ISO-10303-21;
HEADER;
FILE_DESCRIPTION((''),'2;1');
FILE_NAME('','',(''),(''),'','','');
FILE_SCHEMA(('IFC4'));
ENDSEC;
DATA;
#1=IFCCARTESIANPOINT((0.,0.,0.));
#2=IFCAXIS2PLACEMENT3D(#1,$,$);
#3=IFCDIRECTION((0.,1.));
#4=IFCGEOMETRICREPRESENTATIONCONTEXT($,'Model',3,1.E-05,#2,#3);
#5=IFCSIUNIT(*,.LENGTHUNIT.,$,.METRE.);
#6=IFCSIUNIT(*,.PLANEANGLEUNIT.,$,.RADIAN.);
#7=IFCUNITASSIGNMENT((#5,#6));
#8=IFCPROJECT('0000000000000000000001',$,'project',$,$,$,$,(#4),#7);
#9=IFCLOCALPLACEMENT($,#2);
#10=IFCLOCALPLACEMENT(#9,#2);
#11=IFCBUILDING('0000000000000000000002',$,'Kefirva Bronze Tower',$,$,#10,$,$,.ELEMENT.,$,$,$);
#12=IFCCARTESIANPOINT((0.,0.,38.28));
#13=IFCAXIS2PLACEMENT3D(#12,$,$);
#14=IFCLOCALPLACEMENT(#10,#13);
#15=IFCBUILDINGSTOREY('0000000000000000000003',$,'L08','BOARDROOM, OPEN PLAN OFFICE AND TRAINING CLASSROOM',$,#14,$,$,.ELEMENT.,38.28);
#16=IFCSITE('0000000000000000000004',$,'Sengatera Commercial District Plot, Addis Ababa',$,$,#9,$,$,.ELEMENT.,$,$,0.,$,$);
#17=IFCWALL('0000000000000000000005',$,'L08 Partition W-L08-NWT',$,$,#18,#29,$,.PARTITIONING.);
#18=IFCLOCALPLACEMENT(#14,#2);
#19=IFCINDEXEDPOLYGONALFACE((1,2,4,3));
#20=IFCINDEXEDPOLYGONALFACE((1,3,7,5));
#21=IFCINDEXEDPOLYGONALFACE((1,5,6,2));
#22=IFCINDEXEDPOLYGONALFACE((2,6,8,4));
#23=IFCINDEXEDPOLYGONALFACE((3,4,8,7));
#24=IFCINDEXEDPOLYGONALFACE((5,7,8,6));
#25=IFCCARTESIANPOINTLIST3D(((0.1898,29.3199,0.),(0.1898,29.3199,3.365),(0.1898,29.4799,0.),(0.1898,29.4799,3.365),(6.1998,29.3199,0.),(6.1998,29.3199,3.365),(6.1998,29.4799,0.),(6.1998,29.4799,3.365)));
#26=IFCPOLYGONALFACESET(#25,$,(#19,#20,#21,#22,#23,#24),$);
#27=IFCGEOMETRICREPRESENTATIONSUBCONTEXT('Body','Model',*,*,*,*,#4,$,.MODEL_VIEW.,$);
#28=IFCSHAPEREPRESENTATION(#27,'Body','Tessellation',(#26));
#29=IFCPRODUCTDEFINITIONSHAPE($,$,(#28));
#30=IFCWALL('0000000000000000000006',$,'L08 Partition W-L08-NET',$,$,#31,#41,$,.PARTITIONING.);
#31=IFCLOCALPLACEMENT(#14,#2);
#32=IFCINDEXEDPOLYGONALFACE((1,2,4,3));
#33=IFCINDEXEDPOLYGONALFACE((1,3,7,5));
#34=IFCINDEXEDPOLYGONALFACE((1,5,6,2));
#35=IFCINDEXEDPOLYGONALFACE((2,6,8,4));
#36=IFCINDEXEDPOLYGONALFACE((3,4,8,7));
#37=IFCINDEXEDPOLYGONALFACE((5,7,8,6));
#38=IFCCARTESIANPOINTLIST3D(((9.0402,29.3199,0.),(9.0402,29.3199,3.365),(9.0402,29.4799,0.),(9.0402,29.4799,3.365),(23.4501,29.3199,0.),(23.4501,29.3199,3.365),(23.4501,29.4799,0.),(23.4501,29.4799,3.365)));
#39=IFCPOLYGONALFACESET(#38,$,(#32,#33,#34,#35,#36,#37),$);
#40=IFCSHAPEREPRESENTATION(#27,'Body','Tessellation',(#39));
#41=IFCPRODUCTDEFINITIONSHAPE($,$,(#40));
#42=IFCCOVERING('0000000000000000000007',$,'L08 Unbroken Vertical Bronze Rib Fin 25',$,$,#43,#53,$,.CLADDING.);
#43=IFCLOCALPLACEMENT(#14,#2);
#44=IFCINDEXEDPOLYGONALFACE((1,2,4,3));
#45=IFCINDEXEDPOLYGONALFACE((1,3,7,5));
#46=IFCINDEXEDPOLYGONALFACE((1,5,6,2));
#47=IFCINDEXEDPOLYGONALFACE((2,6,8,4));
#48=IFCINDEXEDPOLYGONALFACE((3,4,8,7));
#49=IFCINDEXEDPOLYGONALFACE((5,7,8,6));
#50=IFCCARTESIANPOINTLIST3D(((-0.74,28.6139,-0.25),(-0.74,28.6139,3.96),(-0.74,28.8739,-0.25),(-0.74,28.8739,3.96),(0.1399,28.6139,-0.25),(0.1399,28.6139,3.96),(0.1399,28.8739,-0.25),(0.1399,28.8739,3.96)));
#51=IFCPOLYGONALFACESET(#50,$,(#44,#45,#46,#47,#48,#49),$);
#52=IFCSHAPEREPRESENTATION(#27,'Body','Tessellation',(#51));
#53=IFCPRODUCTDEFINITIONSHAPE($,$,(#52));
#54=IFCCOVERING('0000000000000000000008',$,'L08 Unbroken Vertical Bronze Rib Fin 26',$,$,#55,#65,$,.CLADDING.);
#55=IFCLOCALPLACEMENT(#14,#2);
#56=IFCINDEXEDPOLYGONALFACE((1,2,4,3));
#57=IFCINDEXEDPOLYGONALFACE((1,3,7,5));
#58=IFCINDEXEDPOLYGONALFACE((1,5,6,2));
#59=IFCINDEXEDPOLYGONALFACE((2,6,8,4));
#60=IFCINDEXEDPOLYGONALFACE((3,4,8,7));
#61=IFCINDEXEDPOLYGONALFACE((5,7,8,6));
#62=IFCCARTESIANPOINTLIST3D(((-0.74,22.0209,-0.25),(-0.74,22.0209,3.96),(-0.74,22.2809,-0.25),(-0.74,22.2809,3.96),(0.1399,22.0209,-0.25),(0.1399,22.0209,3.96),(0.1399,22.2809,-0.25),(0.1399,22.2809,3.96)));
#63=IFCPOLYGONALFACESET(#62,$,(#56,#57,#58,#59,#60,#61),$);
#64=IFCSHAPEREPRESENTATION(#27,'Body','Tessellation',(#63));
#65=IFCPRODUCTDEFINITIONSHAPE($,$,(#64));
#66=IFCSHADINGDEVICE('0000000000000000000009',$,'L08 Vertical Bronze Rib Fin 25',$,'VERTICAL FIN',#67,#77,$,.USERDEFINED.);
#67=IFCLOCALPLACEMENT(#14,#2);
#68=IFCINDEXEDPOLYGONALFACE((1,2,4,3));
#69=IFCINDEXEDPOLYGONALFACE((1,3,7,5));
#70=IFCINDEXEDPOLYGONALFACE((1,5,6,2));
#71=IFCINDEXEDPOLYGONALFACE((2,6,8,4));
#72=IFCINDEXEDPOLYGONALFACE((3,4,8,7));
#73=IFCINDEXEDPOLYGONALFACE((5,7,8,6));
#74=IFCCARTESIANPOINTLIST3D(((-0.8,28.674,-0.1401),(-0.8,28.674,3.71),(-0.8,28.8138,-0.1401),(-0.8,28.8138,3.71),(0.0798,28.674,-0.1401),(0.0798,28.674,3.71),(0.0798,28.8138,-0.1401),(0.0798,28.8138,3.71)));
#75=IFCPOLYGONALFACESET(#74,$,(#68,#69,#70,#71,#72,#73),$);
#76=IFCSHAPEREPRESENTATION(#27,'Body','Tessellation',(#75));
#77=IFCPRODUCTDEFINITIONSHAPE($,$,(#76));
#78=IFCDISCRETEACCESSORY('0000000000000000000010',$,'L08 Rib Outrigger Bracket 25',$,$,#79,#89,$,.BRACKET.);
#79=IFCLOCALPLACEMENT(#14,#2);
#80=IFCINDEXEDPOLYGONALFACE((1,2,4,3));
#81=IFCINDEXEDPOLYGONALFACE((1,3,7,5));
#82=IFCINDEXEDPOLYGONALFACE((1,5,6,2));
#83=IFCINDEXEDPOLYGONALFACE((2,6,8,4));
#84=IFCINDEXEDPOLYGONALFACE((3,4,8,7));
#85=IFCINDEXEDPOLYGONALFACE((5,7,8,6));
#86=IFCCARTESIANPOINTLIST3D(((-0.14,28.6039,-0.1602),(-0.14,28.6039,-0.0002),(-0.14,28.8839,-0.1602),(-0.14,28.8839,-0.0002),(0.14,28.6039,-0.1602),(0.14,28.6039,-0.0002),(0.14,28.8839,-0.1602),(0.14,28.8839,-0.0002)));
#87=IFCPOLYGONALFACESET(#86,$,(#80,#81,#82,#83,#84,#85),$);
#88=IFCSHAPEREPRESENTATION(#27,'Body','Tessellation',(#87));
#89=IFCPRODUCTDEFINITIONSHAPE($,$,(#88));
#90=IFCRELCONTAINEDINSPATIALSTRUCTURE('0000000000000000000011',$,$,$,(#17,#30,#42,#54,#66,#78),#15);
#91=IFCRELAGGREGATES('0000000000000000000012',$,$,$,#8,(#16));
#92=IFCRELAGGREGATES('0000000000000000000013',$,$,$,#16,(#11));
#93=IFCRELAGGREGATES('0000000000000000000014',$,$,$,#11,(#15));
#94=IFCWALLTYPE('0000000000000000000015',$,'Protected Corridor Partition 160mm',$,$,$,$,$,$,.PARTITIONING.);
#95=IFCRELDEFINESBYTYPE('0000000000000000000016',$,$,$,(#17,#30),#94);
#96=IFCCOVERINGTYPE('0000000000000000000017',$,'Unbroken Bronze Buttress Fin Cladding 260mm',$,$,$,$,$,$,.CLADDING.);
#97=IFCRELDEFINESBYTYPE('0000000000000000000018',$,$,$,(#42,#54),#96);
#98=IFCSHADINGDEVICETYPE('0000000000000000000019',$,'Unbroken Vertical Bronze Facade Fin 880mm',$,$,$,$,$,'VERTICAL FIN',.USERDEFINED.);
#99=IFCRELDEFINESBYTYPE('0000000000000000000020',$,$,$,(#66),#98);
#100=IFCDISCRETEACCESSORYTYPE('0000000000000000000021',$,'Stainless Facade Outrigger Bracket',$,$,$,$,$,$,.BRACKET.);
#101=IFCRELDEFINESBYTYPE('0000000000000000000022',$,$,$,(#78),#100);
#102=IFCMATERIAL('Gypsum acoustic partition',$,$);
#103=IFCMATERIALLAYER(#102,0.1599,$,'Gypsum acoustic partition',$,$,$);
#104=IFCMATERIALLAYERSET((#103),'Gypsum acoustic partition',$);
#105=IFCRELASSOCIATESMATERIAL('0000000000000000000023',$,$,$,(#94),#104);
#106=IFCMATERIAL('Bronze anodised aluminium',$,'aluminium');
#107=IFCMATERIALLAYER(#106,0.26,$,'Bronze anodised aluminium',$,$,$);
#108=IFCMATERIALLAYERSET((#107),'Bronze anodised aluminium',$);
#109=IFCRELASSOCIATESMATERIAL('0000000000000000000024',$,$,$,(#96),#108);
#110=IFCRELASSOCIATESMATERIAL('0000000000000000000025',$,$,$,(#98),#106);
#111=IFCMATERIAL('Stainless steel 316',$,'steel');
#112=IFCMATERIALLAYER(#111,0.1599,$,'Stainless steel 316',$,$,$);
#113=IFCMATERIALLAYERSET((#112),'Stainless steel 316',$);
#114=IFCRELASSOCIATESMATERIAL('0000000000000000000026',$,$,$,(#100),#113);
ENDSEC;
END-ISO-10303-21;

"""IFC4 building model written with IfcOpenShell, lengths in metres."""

from ifc_helpers import new_model, si_unit, direction, frame, frame_2d, origin, origin_2d, place, context, subcontext, project, spatial, rectangle, extrude, material, layer, layer_set, material_profile, profile_set, type_object, element, save


model = new_model("IFC4")

# Units and contexts
model_context = context("Model", 3, precision=1e-05, world=origin(), true_north=direction((0.0, 1.0)))
body_context = subcontext(model_context, "Body", "Model", "MODEL_VIEW")
ifc_project = project(units=[si_unit("LENGTHUNIT", "METRE"), si_unit("PLANEANGLEUNIT", "RADIAN")], contexts=[model_context])

# Site, building, storey
site_placement = place(None, origin())
site = spatial("IfcSite", under=ifc_project, at=site_placement, Name="Sengatera Commercial District Plot, Addis Ababa", CompositionType="ELEMENT", RefElevation=0.0)
building_placement = place(site_placement, origin())
building = spatial("IfcBuilding", under=site, at=building_placement, Name="Kefirva Bronze Tower", CompositionType="ELEMENT")
storey_placement = place(building_placement, frame((0.0, 0.0, 38.28)))
storey = spatial("IfcBuildingStorey", under=building, at=storey_placement, Name="L08", Description="BOARDROOM, OPEN PLAN OFFICE AND TRAINING CLASSROOM", CompositionType="ELEMENT", Elevation=38.28)

# Shared definitions
ifc_material_1 = material(Name="Bronze anodised aluminium", Category="aluminium")

# Walls
ifc_material_2 = material(Name="Gypsum acoustic partition")
ifc_layer_1 = layer(ifc_material_2, 0.1599, Name="Gypsum acoustic partition")
ifc_layer_set_1 = layer_set([ifc_layer_1], Name="Gypsum acoustic partition")
wall_type_1 = type_object("IfcWallType", Name="Protected Corridor Partition 160mm", PredefinedType="PARTITIONING", material=ifc_layer_set_1)
wall_1_placement = place(storey_placement, frame((0.1899, 29.3999, 0.0), z_axis=(0.0, 0.0, 1.0), x_axis=(1.0, 0.0, 0.0)))
element("IfcWall", 1, at=wall_1_placement, inside=storey, type_object=wall_type_1, Name="L08 Partition W-L08-NWT", PredefinedType="PARTITIONING", context=body_context, shape_type="SweptSolid", body=[
    extrude(rectangle(XDim=6.01, YDim=0.1599, at=frame_2d((3.0049, 0.0))), origin(), (0.0, 0.0, 1.0), 3.365),
])
wall_2_placement = place(storey_placement, frame((9.04, 29.3999, 0.0), z_axis=(0.0, 0.0, 1.0), x_axis=(1.0, 0.0, 0.0)))
element("IfcWall", 2, at=wall_2_placement, inside=storey, type_object=wall_type_1, Name="L08 Partition W-L08-NET", PredefinedType="PARTITIONING", context=body_context, shape_type="SweptSolid", body=[
    extrude(rectangle(XDim=14.4099, YDim=0.1599, at=frame_2d((7.2051, 0.0))), origin(), (0.0, 0.0, 1.0), 3.365),
])

# Coverings
ifc_layer_2 = layer(ifc_material_1, 0.26, Name="Bronze anodised aluminium")
ifc_layer_set_2 = layer_set([ifc_layer_2], Name="Bronze anodised aluminium")
covering_type = type_object("IfcCoveringType", Name="Unbroken Bronze Buttress Fin Cladding 260mm", PredefinedType="CLADDING", material=ifc_layer_set_2)
for number, where, z_axis, x_axis, name in (
    (3, (-0.3, 28.7439, -0.25), (0.0, 0.0, 1.0), (0.0, -1.0, 0.0), "L08 Unbroken Vertical Bronze Rib Fin 25"),
    (4, (-0.3, 22.1509, -0.25), (0.0, 0.0, 1.0), (0.0, -1.0, 0.0), "L08 Unbroken Vertical Bronze Rib Fin 26"),
):
    element("IfcCovering", number, at=place(storey_placement, frame(where, z_axis=z_axis, x_axis=x_axis)), inside=storey, type_object=covering_type, Name=name, PredefinedType="CLADDING", context=body_context, shape_type="SweptSolid", body=[
        extrude(rectangle(XDim=0.26, YDim=0.8799, at=origin_2d()), origin(), (0.0, 0.0, 1.0), 4.21),
    ])

# Shading device
ifc_material_profile_1 = material_profile(ifc_material_1, rectangle(XDim=0.1399, YDim=0.8799, at=origin_2d()), Name="BRONZE FIN 140x880")
ifc_profile_set_1 = profile_set([ifc_material_profile_1], Name="Bronze anodised aluminium")
shading_device_type = type_object("IfcShadingDeviceType", Name="Unbroken Vertical Bronze Facade Fin 880mm", ElementType="VERTICAL FIN", PredefinedType="USERDEFINED", material=ifc_profile_set_1)
shading_device_placement = place(storey_placement, frame((-0.3601, 28.7439, -0.1401), z_axis=(0.0, 0.0, 1.0), x_axis=(0.0, -1.0, 0.0)))
element("IfcShadingDevice", 5, at=shading_device_placement, inside=storey, type_object=shading_device_type, Name="L08 Vertical Bronze Rib Fin 25", ObjectType="VERTICAL FIN", PredefinedType="USERDEFINED", context=body_context, shape_type="SweptSolid", body=[
    extrude(rectangle(XDim=0.1399, YDim=0.8799, at=origin_2d()), origin(), (0.0, 0.0, 1.0), 3.8501),
])

# Discrete accessory
ifc_material_3 = material(Name="Stainless steel 316", Category="steel")
ifc_layer_3 = layer(ifc_material_3, 0.1599, Name="Stainless steel 316")
ifc_layer_set_3 = layer_set([ifc_layer_3], Name="Stainless steel 316")
discrete_accessory_type = type_object("IfcDiscreteAccessoryType", Name="Stainless Facade Outrigger Bracket", PredefinedType="BRACKET", material=ifc_layer_set_3)
discrete_accessory_placement = place(storey_placement, frame((0.0, 28.7439, -0.1602), z_axis=(0.0, 0.0, 1.0), x_axis=(0.0, -1.0, 0.0)))
element("IfcDiscreteAccessory", 6, at=discrete_accessory_placement, inside=storey, type_object=discrete_accessory_type, Name="L08 Rib Outrigger Bracket 25", PredefinedType="BRACKET", context=body_context, shape_type="SweptSolid", body=[
    extrude(rectangle(XDim=0.28, YDim=0.28, at=origin_2d()), origin(), (0.0, 0.0, 1.0), 0.1599),
])

save(model, "model.ifc")
